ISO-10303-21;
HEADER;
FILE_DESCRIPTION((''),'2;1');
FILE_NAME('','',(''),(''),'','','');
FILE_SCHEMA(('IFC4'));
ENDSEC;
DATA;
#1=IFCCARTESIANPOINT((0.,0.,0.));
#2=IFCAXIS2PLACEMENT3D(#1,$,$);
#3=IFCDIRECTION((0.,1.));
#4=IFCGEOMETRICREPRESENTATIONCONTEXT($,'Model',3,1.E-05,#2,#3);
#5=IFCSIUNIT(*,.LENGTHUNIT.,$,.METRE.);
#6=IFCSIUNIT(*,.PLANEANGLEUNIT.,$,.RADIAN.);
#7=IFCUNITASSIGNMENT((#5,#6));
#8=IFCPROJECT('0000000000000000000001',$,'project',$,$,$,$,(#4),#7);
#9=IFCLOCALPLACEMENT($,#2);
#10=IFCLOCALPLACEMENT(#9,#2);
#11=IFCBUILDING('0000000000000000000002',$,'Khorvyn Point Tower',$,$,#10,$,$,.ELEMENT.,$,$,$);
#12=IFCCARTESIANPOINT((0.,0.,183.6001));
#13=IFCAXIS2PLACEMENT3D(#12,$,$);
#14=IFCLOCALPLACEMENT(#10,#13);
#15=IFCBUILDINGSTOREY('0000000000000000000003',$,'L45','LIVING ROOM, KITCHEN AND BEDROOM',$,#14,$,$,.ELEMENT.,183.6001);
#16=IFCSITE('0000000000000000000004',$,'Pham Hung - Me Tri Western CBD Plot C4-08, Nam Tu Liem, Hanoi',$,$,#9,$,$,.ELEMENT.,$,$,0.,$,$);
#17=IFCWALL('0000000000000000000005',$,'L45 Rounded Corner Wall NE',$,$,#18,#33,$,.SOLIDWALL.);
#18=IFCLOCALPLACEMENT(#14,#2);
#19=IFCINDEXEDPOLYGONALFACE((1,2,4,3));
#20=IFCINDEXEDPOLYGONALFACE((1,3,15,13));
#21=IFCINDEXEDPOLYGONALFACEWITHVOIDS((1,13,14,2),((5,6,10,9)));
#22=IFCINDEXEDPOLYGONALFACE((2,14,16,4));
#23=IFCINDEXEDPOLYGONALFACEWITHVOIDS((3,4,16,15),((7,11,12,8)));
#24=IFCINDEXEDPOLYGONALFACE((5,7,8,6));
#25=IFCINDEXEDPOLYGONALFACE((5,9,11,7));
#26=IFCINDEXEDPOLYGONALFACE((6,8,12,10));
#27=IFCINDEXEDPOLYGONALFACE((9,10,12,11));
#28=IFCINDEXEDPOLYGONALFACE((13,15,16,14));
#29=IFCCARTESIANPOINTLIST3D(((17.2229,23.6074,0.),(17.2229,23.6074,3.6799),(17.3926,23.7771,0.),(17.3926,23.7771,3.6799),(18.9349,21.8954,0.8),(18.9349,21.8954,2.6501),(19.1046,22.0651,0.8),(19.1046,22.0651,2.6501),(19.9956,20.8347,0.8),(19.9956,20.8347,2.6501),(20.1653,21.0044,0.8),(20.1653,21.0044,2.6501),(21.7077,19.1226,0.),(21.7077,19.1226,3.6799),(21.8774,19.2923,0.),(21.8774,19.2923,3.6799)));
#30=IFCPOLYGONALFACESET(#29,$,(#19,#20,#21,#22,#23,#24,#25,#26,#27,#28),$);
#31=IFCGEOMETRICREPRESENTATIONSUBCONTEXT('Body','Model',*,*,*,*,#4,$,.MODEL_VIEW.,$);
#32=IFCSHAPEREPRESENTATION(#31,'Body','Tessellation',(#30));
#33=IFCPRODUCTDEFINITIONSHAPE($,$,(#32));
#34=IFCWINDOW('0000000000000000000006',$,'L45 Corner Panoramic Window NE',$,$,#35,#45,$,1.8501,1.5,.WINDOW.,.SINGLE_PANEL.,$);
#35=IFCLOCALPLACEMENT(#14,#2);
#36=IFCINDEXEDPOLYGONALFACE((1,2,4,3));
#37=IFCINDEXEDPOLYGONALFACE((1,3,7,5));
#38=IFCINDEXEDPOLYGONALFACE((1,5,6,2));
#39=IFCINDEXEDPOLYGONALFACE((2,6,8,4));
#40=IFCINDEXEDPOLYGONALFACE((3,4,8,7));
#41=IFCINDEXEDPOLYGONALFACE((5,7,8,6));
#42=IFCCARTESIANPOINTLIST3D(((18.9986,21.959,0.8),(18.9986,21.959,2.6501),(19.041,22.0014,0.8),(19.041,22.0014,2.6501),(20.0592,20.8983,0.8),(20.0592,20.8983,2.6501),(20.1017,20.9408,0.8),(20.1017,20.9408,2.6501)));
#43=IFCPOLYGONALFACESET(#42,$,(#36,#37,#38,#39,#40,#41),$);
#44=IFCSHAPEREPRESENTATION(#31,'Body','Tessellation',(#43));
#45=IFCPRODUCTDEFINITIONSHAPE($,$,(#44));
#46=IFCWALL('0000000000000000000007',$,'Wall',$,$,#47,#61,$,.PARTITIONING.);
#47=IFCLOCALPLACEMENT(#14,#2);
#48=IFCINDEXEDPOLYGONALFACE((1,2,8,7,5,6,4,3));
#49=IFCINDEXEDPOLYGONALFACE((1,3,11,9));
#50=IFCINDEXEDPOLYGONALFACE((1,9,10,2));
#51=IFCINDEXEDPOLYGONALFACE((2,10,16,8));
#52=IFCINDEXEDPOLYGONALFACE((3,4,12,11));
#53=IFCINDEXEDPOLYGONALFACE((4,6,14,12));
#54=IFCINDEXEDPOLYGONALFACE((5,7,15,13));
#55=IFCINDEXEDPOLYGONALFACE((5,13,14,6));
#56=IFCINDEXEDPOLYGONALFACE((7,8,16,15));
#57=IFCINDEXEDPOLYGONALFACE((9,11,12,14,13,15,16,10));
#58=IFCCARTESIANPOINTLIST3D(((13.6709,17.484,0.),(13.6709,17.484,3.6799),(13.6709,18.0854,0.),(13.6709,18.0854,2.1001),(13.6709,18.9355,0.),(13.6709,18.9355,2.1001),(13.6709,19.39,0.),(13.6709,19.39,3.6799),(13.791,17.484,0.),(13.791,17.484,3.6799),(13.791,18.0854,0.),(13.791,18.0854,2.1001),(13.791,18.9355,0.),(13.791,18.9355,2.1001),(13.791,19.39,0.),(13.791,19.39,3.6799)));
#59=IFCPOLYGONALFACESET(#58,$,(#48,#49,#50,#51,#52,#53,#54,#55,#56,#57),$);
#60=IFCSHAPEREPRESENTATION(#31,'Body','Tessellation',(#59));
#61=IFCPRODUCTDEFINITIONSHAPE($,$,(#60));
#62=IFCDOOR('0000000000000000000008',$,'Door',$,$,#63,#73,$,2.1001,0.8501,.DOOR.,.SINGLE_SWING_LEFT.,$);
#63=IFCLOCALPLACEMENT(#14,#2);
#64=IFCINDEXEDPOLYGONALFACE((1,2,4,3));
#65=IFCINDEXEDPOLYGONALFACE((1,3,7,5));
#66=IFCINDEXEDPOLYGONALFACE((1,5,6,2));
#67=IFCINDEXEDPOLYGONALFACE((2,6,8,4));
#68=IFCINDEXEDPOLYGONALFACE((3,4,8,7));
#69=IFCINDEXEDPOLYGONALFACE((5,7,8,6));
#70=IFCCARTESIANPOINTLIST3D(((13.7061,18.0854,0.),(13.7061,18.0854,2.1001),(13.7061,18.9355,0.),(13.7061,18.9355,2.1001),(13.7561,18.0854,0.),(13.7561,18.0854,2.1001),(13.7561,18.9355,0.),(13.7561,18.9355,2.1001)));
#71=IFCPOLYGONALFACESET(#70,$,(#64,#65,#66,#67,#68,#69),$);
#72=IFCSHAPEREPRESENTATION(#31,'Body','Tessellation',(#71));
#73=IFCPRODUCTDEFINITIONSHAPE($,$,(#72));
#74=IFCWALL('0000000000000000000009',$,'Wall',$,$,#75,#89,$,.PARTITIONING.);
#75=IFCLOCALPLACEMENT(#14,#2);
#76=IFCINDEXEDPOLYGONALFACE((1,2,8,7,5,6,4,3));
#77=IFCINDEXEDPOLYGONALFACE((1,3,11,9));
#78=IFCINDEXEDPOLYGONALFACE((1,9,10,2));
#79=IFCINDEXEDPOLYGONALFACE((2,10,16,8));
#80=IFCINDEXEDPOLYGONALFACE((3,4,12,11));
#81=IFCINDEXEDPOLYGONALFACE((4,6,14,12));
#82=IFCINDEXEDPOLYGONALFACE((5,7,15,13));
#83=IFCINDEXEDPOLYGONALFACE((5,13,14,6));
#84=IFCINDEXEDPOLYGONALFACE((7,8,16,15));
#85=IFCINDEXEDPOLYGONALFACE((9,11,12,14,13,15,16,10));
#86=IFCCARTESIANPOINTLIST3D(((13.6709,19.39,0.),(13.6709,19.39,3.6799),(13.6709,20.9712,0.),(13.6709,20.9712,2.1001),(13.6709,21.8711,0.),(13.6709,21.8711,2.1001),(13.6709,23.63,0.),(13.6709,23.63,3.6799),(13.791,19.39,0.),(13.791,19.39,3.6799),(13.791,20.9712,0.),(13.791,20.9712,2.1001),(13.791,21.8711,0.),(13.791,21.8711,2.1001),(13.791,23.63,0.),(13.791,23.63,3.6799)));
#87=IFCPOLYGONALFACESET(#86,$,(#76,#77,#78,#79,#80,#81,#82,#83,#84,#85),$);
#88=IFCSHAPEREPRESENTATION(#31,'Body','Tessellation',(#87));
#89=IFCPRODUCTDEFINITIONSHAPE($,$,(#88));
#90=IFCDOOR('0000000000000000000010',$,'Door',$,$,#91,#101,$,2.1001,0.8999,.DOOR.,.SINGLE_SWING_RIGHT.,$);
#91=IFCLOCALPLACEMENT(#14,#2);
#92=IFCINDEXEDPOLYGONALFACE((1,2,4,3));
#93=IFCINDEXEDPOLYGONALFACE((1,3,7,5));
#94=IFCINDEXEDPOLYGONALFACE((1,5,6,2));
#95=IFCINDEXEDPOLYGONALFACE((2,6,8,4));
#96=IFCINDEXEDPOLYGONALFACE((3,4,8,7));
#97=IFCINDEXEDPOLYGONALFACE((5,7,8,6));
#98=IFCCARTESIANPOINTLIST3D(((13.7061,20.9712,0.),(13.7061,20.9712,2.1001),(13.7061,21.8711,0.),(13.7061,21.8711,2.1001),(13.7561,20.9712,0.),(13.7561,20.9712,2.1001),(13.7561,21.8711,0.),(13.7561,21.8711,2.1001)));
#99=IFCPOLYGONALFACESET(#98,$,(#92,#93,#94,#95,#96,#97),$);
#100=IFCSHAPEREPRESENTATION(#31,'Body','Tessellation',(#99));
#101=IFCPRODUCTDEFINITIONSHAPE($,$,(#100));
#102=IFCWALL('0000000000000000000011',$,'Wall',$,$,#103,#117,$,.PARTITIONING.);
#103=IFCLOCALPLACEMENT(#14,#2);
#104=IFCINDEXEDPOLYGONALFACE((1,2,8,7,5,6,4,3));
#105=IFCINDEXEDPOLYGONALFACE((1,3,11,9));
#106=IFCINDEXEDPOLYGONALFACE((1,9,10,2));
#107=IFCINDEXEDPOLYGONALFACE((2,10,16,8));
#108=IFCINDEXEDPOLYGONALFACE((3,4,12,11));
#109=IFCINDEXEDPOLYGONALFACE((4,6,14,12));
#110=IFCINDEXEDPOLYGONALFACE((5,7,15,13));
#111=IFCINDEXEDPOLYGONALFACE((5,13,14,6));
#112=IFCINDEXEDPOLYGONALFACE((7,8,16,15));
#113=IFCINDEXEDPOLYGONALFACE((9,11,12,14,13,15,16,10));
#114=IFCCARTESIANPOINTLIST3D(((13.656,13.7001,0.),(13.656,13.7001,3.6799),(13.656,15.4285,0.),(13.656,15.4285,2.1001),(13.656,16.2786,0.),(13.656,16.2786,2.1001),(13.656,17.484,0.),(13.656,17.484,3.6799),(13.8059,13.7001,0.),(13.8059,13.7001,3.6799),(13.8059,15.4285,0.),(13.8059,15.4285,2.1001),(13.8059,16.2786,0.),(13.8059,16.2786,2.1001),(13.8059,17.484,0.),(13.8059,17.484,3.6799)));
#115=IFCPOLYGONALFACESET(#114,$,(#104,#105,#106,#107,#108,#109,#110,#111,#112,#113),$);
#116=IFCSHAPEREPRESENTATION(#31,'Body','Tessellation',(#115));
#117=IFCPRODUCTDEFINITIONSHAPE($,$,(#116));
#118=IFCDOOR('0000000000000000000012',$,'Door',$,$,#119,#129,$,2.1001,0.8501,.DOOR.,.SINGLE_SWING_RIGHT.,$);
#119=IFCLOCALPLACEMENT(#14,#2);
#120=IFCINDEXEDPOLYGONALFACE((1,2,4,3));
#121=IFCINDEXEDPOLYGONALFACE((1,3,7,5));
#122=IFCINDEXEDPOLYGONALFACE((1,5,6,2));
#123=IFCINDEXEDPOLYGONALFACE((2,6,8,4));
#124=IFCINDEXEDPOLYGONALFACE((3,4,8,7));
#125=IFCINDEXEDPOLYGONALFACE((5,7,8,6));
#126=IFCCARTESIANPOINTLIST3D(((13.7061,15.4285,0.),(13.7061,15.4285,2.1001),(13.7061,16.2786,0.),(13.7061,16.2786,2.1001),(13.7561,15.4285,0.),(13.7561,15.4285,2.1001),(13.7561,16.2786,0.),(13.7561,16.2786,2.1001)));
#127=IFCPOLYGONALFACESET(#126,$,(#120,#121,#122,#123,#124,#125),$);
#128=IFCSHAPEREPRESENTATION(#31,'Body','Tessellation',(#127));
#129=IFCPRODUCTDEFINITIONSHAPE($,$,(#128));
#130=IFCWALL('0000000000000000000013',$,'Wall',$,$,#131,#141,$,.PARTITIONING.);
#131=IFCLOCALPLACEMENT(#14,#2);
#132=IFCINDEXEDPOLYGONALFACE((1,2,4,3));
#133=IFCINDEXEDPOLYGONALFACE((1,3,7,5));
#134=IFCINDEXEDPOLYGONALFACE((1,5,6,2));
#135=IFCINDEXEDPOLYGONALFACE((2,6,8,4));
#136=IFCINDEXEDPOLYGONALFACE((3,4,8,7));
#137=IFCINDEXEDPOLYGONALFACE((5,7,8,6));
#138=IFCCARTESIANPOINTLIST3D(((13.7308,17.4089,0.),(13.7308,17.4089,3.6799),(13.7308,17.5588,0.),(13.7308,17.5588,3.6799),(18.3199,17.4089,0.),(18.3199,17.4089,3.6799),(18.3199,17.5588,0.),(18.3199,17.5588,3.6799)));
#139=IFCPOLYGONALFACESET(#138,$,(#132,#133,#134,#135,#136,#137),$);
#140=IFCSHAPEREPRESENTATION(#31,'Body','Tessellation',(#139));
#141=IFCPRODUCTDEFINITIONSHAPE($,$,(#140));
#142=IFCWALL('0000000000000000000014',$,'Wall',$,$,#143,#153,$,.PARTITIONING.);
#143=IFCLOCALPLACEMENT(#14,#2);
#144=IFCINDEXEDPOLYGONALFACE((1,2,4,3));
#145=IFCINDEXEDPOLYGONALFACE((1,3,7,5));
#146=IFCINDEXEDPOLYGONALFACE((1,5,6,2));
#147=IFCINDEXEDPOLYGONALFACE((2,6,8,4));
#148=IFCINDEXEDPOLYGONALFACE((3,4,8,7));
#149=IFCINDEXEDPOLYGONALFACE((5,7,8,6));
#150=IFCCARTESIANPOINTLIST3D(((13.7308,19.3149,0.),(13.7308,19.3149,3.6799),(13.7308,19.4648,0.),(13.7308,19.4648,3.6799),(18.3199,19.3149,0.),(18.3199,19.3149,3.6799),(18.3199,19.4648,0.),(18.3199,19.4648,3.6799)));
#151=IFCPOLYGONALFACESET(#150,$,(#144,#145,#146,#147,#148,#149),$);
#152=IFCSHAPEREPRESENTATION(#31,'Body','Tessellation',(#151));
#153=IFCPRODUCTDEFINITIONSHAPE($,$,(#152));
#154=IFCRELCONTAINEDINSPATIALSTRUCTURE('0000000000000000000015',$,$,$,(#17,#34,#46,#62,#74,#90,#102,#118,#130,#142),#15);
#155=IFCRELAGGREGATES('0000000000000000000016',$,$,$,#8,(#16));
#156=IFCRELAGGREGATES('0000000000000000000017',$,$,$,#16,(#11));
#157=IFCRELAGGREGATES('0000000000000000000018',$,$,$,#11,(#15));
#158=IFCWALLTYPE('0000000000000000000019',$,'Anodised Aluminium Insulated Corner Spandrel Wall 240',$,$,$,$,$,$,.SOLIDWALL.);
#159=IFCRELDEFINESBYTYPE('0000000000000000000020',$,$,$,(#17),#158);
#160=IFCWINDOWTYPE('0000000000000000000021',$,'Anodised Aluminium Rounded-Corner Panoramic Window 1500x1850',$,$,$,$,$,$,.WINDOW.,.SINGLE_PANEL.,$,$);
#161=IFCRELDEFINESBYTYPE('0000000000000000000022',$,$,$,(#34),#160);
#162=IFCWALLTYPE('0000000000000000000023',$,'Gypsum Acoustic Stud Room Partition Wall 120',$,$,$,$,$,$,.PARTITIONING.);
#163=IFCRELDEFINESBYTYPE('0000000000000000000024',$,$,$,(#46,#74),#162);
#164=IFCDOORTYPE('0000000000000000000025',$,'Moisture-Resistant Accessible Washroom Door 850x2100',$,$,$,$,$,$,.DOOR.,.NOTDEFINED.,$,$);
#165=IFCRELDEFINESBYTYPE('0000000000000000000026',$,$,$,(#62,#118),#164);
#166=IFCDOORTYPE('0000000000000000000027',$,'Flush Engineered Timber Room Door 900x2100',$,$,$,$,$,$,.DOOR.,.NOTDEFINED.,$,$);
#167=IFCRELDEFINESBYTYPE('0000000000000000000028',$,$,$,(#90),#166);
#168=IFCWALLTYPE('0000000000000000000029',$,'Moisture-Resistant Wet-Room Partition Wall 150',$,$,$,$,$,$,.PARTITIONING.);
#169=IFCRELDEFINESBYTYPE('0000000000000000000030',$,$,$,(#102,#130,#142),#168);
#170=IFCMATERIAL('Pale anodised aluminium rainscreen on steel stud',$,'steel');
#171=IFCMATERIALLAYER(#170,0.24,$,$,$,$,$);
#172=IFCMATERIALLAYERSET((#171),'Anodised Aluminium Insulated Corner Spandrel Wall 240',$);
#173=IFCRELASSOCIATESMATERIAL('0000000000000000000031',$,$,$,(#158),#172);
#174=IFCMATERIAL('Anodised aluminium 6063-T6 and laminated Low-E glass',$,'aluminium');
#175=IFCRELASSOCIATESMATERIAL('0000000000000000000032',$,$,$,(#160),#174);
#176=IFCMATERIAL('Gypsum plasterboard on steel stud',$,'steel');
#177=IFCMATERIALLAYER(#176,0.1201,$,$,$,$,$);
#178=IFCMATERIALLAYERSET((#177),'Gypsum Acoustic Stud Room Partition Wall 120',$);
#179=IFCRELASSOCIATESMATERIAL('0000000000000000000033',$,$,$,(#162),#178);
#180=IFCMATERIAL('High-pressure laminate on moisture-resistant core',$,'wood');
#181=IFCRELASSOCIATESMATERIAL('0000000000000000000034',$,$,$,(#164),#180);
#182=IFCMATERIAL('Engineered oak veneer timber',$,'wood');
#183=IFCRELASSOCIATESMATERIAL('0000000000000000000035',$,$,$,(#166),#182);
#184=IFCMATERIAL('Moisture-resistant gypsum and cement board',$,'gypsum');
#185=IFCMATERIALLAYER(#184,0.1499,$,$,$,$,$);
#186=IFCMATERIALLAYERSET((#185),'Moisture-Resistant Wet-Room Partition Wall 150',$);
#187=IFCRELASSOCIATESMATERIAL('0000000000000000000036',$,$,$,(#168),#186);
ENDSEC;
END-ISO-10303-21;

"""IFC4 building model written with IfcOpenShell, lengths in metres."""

from ifc_helpers import new_model, si_unit, direction, frame, frame_2d, origin, place, context, subcontext, project, spatial, rectangle, extrude, material, layer, layer_set, type_object, element, fill, save


model = new_model("IFC4")

# Units and contexts
model_context = context("Model", 3, precision=1e-05, world=origin(), true_north=direction((0.0, 1.0)))
body_context = subcontext(model_context, "Body", "Model", "MODEL_VIEW")
ifc_project = project(units=[si_unit("LENGTHUNIT", "METRE"), si_unit("PLANEANGLEUNIT", "RADIAN")], contexts=[model_context])

# Site, building, storey
site_placement = place(None, origin())
site = spatial("IfcSite", under=ifc_project, at=site_placement, Name="Pham Hung - Me Tri Western CBD Plot C4-08, Nam Tu Liem, Hanoi", CompositionType="ELEMENT", RefElevation=0.0)
building_placement = place(site_placement, origin())
building = spatial("IfcBuilding", under=site, at=building_placement, Name="Khorvyn Point Tower", CompositionType="ELEMENT")
storey_placement = place(building_placement, frame((0.0, 0.0, 183.6001)))
storey = spatial("IfcBuildingStorey", under=building, at=storey_placement, Name="L45", Description="LIVING ROOM, KITCHEN AND BEDROOM", CompositionType="ELEMENT", Elevation=183.6001)

# Shared definitions
ifc_material_1 = material(Name="Anodised aluminium 6063-T6 and laminated Low-E glass", Category="aluminium")

# Wall, opening, window
ifc_material_2 = material(Name="Pale anodised aluminium rainscreen on steel stud", Category="steel")
ifc_layer_1 = layer(ifc_material_2, 0.24)
ifc_layer_set_1 = layer_set([ifc_layer_1], Name="Anodised Aluminium Insulated Corner Spandrel Wall 240")
wall_type_1 = type_object("IfcWallType", Name="Anodised Aluminium Insulated Corner Spandrel Wall 240", PredefinedType="SOLIDWALL", material=ifc_layer_set_1)
wall_1_placement = place(storey_placement, frame((17.3076, 23.6924, 0.0), z_axis=(0.0, 0.0, 1.0), x_axis=(0.707107, -0.707107, 0.0)))
wall_1 = element("IfcWall", 1, at=wall_1_placement, inside=storey, type_object=wall_type_1, Name="L45 Rounded Corner Wall NE", PredefinedType="SOLIDWALL", context=body_context, shape_type="SweptSolid", body=[
    extrude(rectangle(XDim=6.3425, YDim=0.24, at=frame_2d((3.1714, 0.0))), origin(), (0.0, 0.0, 1.0), 3.6799),
])
opening_1_placement = place(wall_1_placement, frame((2.4214, 0.0, 0.8)))
opening_1 = element("IfcOpeningElement", 2, at=opening_1_placement, cuts=wall_1, PredefinedType="OPENING", context=body_context, shape_type="SweptSolid", body=[
    extrude(rectangle(XDim=1.5, YDim=1.8501, at=frame_2d((0.75, 0.925))), frame((0.0, 0.1299, 0.0), z_axis=(0.0, -1.0, 0.0), x_axis=(1.0, 0.0, 0.0)), (0.0, 0.0, 1.0), 0.26),
])
window_type = type_object("IfcWindowType", Name="Anodised Aluminium Rounded-Corner Panoramic Window 1500x1850", PartitioningType="SINGLE_PANEL", PredefinedType="WINDOW", material=ifc_material_1)
window_placement = place(opening_1_placement, origin())
window = element("IfcWindow", 3, at=window_placement, inside=storey, type_object=window_type, Name="L45 Corner Panoramic Window NE", OverallHeight=1.8501, OverallWidth=1.5, PartitioningType="SINGLE_PANEL", PredefinedType="WINDOW", context=body_context, shape_type="SweptSolid", body=[
    extrude(rectangle(XDim=1.5, YDim=1.8501, at=frame_2d((0.75, 0.925))), frame((0.0, 0.03, 0.0), z_axis=(0.0, -1.0, 0.0), x_axis=(1.0, 0.0, 0.0)), (0.0, 0.0, 1.0), 0.0601),
])
fill(opening_1, window)

# Walls, openings, doors
ifc_material_3 = material(Name="Gypsum plasterboard on steel stud", Category="steel")
ifc_layer_2 = layer(ifc_material_3, 0.1201)
ifc_layer_set_2 = layer_set([ifc_layer_2], Name="Gypsum Acoustic Stud Room Partition Wall 120")
wall_type_2 = type_object("IfcWallType", Name="Gypsum Acoustic Stud Room Partition Wall 120", PredefinedType="PARTITIONING", material=ifc_layer_set_2)
wall_2_placement = place(storey_placement, frame((13.731, 17.4839, 0.0), z_axis=(0.0, 0.0, 1.0), x_axis=(0.0, 1.0, 0.0)))
wall_2 = element("IfcWall", 4, at=wall_2_placement, inside=storey, type_object=wall_type_2, Name="Wall", PredefinedType="PARTITIONING", context=body_context, shape_type="SweptSolid", body=[
    extrude(rectangle(XDim=1.906, YDim=0.1201, at=frame_2d((0.9531, 0.0))), origin(), (0.0, 0.0, 1.0), 3.6799),
])
opening_2_placement = place(wall_2_placement, frame((0.6016, 0.0, 0.0)))
opening_2 = element("IfcOpeningElement", 5, at=opening_2_placement, cuts=wall_2, PredefinedType="OPENING", context=body_context, shape_type="SweptSolid", body=[
    extrude(rectangle(XDim=0.8501, YDim=2.1001, at=frame_2d((0.425, 1.05))), frame((0.0, 0.0701, 0.0), z_axis=(0.0, -1.0, 0.0), x_axis=(1.0, 0.0, 0.0)), (0.0, 0.0, 1.0), 0.1401),
])
ifc_material_4 = material(Name="High-pressure laminate on moisture-resistant core", Category="wood")
door_type_1 = type_object("IfcDoorType", Name="Moisture-Resistant Accessible Washroom Door 850x2100", OperationType="NOTDEFINED", PredefinedType="DOOR", material=ifc_material_4)
door_1_placement = place(opening_2_placement, origin())
door_1 = element("IfcDoor", 6, at=door_1_placement, inside=storey, type_object=door_type_1, Name="Door", OperationType="SINGLE_SWING_LEFT", OverallHeight=2.1001, OverallWidth=0.8501, PredefinedType="DOOR", context=body_context, shape_type="SweptSolid", body=[
    extrude(rectangle(XDim=0.8501, YDim=2.1001, at=frame_2d((0.425, 1.05))), frame((0.0, 0.0249, 0.0), z_axis=(0.0, -1.0, 0.0), x_axis=(1.0, 0.0, 0.0)), (0.0, 0.0, 1.0), 0.05),
])
fill(opening_2, door_1)
wall_3_placement = place(storey_placement, frame((13.731, 19.3899, 0.0), z_axis=(0.0, 0.0, 1.0), x_axis=(0.0, 1.0, 0.0)))
wall_3 = element("IfcWall", 7, at=wall_3_placement, inside=storey, type_object=wall_type_2, Name="Wall", PredefinedType="PARTITIONING", context=body_context, shape_type="SweptSolid", body=[
    extrude(rectangle(XDim=4.24, YDim=0.1201, at=frame_2d((2.1201, 0.0))), origin(), (0.0, 0.0, 1.0), 3.6799),
])
opening_3_placement = place(wall_3_placement, frame((1.5813, 0.0, 0.0)))
opening_3 = element("IfcOpeningElement", 8, at=opening_3_placement, cuts=wall_3, PredefinedType="OPENING", context=body_context, shape_type="SweptSolid", body=[
    extrude(rectangle(XDim=0.8999, YDim=2.1001, at=frame_2d((0.45, 1.05))), frame((0.0, 0.0701, 0.0), z_axis=(0.0, -1.0, 0.0), x_axis=(1.0, 0.0, 0.0)), (0.0, 0.0, 1.0), 0.1401),
])
ifc_material_5 = material(Name="Engineered oak veneer timber", Category="wood")
door_type_2 = type_object("IfcDoorType", Name="Flush Engineered Timber Room Door 900x2100", OperationType="NOTDEFINED", PredefinedType="DOOR", material=ifc_material_5)
door_2_placement = place(opening_3_placement, origin())
door_2 = element("IfcDoor", 9, at=door_2_placement, inside=storey, type_object=door_type_2, Name="Door", OperationType="SINGLE_SWING_RIGHT", OverallHeight=2.1001, OverallWidth=0.8999, PredefinedType="DOOR", context=body_context, shape_type="SweptSolid", body=[
    extrude(rectangle(XDim=0.8999, YDim=2.1001, at=frame_2d((0.45, 1.05))), frame((0.0, 0.0249, 0.0), z_axis=(0.0, -1.0, 0.0), x_axis=(1.0, 0.0, 0.0)), (0.0, 0.0, 1.0), 0.05),
])
fill(opening_3, door_2)
ifc_material_6 = material(Name="Moisture-resistant gypsum and cement board", Category="gypsum")
ifc_layer_3 = layer(ifc_material_6, 0.1499)
ifc_layer_set_3 = layer_set([ifc_layer_3], Name="Moisture-Resistant Wet-Room Partition Wall 150")
wall_type_3 = type_object("IfcWallType", Name="Moisture-Resistant Wet-Room Partition Wall 150", PredefinedType="PARTITIONING", material=ifc_layer_set_3)
wall_4_placement = place(storey_placement, frame((13.731, 13.7, 0.0), z_axis=(0.0, 0.0, 1.0), x_axis=(0.0, 1.0, 0.0)))
wall_4 = element("IfcWall", 10, at=wall_4_placement, inside=storey, type_object=wall_type_3, Name="Wall", PredefinedType="PARTITIONING", context=body_context, shape_type="SweptSolid", body=[
    extrude(rectangle(XDim=3.7839, YDim=0.1499, at=frame_2d((1.8921, 0.0))), origin(), (0.0, 0.0, 1.0), 3.6799),
])
opening_4_placement = place(wall_4_placement, frame((1.7285, 0.0, 0.0)))
opening_4 = element("IfcOpeningElement", 11, at=opening_4_placement, cuts=wall_4, PredefinedType="OPENING", context=body_context, shape_type="SweptSolid", body=[
    extrude(rectangle(XDim=0.8501, YDim=2.1001, at=frame_2d((0.425, 1.05))), frame((0.0, 0.085, 0.0), z_axis=(0.0, -1.0, 0.0), x_axis=(1.0, 0.0, 0.0)), (0.0, 0.0, 1.0), 0.1699),
])
door_3_placement = place(opening_4_placement, origin())
door_3 = element("IfcDoor", 12, at=door_3_placement, inside=storey, type_object=door_type_1, Name="Door", OperationType="SINGLE_SWING_RIGHT", OverallHeight=2.1001, OverallWidth=0.8501, PredefinedType="DOOR", context=body_context, shape_type="SweptSolid", body=[
    extrude(rectangle(XDim=0.8501, YDim=2.1001, at=frame_2d((0.425, 1.05))), frame((0.0, 0.0249, 0.0), z_axis=(0.0, -1.0, 0.0), x_axis=(1.0, 0.0, 0.0)), (0.0, 0.0, 1.0), 0.05),
])
fill(opening_4, door_3)

# Walls
for number, where, z_axis, x_axis, name in (
    (13, (13.731, 17.4839, 0.0), (0.0, 0.0, 1.0), (1.0, 0.0, 0.0), "Wall"),
    (14, (13.731, 19.3899, 0.0), (0.0, 0.0, 1.0), (1.0, 0.0, 0.0), "Wall"),
):
    element("IfcWall", number, at=place(storey_placement, frame(where, z_axis=z_axis, x_axis=x_axis)), inside=storey, type_object=wall_type_3, Name=name, PredefinedType="PARTITIONING", context=body_context, shape_type="SweptSolid", body=[
        extrude(rectangle(XDim=4.5891, YDim=0.1499, at=frame_2d((2.2944, 0.0))), origin(), (0.0, 0.0, 1.0), 3.6799),
    ])

save(model, "model.ifc")
